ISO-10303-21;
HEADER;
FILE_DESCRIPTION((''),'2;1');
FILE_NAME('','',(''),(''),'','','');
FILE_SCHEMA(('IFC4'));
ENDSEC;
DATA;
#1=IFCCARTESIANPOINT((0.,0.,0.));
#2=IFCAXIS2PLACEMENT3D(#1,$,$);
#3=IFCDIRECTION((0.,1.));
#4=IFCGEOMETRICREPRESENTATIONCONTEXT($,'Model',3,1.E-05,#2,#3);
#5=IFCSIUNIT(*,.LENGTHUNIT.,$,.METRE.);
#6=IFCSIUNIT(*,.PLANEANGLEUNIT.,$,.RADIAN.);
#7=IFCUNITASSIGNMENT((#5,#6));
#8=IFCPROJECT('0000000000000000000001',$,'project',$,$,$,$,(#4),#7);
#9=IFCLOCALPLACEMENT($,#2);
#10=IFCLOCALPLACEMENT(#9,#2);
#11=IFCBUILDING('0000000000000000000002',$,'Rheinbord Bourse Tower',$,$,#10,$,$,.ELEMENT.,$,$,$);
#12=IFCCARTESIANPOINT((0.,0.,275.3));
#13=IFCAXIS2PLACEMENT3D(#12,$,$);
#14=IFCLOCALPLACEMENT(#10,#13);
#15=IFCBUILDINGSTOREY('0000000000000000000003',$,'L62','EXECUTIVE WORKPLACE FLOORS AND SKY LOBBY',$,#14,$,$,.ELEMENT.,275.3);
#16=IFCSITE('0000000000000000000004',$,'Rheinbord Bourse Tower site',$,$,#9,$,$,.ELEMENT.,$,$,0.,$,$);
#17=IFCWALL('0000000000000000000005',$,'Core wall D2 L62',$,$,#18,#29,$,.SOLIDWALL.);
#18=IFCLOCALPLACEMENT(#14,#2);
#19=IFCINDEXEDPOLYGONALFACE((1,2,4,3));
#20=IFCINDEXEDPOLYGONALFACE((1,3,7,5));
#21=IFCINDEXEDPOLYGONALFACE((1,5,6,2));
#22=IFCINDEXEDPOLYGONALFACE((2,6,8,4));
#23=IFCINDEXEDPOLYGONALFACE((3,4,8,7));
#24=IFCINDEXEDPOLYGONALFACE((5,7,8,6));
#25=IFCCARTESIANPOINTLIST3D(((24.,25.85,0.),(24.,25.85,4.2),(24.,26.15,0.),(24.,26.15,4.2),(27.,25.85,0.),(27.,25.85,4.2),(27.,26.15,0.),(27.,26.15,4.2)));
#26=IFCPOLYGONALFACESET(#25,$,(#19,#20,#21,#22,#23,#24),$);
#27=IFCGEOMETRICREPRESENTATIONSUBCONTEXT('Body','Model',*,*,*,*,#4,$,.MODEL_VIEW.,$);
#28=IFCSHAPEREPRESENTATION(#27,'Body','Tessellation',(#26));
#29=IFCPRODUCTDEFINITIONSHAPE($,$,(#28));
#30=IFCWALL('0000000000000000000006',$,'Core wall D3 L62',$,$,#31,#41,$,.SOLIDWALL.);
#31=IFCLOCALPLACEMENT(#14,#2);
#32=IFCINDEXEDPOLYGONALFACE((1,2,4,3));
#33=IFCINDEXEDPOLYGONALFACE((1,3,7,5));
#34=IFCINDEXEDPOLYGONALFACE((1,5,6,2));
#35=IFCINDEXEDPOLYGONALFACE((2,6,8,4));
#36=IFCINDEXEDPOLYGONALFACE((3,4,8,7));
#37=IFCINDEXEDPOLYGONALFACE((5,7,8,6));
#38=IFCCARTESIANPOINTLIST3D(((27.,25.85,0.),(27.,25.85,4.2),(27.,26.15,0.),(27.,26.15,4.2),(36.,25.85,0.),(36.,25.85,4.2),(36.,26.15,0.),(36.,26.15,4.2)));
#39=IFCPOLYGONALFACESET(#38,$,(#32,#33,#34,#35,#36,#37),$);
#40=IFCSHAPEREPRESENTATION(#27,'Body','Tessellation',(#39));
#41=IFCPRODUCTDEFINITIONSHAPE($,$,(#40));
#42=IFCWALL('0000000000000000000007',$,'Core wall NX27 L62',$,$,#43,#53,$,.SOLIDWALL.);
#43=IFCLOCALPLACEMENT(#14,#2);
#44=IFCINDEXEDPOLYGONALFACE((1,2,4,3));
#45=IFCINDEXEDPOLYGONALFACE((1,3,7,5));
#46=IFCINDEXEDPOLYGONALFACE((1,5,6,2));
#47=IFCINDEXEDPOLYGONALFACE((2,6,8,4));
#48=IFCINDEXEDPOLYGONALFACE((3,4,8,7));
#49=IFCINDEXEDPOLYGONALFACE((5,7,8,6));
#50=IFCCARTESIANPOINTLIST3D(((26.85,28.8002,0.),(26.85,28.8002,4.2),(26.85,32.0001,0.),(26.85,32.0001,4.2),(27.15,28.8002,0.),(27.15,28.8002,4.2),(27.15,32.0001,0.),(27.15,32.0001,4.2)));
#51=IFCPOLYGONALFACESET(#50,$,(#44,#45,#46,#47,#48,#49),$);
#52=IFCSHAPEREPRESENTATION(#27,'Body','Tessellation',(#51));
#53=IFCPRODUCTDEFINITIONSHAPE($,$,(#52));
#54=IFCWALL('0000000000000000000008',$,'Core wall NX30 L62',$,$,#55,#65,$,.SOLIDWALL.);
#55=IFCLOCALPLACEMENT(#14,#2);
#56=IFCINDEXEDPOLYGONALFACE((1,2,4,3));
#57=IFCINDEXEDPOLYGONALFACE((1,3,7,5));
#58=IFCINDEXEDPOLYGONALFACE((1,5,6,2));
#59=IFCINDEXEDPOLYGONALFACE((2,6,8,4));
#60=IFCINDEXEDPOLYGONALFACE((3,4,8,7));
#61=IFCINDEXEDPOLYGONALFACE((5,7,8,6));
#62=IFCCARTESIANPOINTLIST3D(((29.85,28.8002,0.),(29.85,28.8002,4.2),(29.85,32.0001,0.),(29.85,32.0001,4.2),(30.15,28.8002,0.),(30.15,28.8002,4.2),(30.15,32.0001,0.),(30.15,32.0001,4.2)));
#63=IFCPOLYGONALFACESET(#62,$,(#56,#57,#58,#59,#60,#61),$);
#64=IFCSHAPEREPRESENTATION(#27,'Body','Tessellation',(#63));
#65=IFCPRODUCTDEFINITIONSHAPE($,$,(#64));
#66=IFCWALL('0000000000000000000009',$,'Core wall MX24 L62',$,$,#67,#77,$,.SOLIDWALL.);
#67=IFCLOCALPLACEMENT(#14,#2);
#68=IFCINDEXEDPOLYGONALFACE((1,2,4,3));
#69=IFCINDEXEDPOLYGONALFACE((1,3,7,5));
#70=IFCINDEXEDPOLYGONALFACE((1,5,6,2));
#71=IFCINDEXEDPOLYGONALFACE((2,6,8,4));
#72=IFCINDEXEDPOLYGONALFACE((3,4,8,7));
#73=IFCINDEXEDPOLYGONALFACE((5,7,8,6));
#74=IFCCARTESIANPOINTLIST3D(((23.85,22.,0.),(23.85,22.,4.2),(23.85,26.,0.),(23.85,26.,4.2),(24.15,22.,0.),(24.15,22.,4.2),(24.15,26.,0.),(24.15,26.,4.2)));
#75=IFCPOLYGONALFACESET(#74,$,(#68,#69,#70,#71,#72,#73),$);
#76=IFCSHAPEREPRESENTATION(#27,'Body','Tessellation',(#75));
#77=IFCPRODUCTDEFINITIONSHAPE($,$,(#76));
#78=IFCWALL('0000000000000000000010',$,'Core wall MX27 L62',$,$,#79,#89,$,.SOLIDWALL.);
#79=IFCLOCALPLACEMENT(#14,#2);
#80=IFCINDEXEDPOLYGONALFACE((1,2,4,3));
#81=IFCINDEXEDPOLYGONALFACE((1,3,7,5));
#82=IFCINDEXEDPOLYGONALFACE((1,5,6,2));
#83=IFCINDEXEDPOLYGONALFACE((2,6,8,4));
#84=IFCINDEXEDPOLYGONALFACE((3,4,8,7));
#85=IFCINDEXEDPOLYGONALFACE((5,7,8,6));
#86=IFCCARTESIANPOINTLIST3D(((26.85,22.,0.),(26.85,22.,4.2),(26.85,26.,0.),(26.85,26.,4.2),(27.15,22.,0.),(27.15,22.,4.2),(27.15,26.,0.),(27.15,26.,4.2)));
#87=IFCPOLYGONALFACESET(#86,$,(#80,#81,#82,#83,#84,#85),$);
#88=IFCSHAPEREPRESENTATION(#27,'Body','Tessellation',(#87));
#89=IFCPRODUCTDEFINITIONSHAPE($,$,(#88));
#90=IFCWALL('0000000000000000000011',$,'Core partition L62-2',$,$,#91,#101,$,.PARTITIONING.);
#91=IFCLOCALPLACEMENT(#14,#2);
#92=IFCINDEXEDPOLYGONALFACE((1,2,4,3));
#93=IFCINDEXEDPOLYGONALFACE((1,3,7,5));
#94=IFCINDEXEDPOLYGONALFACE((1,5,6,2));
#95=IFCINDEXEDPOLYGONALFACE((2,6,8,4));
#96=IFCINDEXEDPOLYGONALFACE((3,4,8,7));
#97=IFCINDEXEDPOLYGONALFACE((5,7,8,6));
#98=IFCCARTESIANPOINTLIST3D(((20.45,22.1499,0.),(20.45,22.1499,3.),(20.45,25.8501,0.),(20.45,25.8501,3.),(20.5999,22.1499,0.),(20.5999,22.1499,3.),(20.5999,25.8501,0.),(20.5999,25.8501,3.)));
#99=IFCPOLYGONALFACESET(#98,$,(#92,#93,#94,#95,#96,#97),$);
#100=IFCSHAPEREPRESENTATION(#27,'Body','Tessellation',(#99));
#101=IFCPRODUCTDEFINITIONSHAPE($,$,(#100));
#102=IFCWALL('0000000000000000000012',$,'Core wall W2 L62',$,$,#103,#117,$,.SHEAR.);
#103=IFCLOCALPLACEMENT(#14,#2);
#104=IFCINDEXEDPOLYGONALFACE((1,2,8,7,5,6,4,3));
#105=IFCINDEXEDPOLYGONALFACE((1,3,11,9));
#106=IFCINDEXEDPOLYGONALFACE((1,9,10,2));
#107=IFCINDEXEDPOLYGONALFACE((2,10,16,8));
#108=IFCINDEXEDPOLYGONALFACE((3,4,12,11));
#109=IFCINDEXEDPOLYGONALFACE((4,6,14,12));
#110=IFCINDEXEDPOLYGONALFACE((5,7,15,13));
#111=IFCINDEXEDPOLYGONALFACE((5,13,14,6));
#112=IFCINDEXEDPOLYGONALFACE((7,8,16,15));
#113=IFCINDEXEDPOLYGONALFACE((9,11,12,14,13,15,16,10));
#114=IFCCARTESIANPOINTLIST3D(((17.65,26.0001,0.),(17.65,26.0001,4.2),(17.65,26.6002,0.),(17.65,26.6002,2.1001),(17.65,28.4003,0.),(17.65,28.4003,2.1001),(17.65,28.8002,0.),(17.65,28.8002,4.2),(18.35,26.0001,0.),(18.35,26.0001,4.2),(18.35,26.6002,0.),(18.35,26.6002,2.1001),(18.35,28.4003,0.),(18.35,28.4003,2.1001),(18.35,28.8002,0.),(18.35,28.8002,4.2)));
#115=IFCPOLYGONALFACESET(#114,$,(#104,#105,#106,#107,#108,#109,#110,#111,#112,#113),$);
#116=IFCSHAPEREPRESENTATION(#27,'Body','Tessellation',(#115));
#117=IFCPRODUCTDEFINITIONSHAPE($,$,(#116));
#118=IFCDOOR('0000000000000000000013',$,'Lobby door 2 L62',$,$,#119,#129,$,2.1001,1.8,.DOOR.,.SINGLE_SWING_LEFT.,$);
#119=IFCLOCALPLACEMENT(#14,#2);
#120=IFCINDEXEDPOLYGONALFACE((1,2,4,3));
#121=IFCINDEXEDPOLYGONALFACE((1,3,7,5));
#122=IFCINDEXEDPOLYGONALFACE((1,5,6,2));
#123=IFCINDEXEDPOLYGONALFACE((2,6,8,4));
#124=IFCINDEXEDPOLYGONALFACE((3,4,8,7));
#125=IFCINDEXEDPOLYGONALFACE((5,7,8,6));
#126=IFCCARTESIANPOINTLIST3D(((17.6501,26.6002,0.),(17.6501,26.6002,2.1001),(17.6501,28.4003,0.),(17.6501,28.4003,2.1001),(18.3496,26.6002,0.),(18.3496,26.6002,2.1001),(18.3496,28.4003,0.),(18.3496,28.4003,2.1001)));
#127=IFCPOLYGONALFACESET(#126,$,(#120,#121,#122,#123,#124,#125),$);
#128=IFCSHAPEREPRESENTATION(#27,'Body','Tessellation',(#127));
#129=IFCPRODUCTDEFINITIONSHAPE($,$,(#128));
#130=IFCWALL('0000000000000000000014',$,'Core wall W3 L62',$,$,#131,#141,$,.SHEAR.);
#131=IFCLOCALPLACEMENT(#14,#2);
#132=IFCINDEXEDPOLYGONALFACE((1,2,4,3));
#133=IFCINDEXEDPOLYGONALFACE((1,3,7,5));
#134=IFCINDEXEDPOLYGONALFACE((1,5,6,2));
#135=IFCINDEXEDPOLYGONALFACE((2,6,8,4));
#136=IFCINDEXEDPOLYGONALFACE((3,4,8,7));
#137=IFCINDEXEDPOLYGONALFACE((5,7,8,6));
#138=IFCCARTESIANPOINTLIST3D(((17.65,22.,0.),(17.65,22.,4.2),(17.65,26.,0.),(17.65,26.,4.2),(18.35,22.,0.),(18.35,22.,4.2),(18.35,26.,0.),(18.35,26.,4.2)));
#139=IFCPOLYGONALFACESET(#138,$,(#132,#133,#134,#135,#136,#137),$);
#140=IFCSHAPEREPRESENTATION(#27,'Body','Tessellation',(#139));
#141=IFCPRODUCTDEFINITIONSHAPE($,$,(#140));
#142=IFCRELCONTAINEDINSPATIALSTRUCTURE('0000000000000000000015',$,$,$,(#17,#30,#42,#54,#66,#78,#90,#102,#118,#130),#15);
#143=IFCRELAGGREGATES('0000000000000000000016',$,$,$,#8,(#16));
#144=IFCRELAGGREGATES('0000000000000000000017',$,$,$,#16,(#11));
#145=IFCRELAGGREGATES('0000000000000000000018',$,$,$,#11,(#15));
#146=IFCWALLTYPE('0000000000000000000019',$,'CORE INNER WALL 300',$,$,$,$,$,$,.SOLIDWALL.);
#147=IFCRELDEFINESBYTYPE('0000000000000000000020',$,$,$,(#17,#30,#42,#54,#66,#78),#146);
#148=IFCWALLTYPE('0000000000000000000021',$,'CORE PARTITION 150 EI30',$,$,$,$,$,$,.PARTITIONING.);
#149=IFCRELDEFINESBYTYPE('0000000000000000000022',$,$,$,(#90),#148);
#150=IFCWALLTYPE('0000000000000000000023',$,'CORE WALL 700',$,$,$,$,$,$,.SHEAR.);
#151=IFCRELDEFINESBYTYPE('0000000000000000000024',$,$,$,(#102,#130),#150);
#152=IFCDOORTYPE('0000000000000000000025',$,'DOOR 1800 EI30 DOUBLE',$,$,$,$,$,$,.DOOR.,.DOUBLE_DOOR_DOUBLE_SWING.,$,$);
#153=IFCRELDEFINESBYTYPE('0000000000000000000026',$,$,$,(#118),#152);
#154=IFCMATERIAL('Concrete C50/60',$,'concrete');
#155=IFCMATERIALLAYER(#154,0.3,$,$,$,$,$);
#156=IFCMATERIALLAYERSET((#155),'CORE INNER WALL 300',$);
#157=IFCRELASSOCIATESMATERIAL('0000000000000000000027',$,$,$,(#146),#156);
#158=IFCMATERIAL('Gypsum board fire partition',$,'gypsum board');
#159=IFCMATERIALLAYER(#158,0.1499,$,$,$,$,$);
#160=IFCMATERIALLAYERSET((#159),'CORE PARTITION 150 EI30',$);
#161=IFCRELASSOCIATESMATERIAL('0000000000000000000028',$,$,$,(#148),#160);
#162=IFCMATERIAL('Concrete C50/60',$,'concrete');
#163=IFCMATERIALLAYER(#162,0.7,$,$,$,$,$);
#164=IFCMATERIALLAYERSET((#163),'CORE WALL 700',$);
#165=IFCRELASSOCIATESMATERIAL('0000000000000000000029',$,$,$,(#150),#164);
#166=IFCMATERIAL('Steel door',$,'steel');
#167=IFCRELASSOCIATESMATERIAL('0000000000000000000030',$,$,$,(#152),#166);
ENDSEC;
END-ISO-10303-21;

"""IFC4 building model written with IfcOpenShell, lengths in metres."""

from ifc_helpers import new_model, si_unit, direction, frame, frame_2d, origin, place, context, subcontext, project, spatial, rectangle, extrude, material, layer, layer_set, type_object, element, fill, save


model = new_model("IFC4")

# Units and contexts
model_context = context("Model", 3, precision=1e-05, world=origin(), true_north=direction((0.0, 1.0)))
body_context = subcontext(model_context, "Body", "Model", "MODEL_VIEW")
ifc_project = project(units=[si_unit("LENGTHUNIT", "METRE"), si_unit("PLANEANGLEUNIT", "RADIAN")], contexts=[model_context])

# Site, building, storey
site_placement = place(None, origin())
site = spatial("IfcSite", under=ifc_project, at=site_placement, Name="Rheinbord Bourse Tower site", CompositionType="ELEMENT", RefElevation=0.0)
building_placement = place(site_placement, origin())
building = spatial("IfcBuilding", under=site, at=building_placement, Name="Rheinbord Bourse Tower", CompositionType="ELEMENT")
storey_placement = place(building_placement, frame((0.0, 0.0, 275.3)))
storey = spatial("IfcBuildingStorey", under=building, at=storey_placement, Name="L62", Description="EXECUTIVE WORKPLACE FLOORS AND SKY LOBBY", CompositionType="ELEMENT", Elevation=275.3)

# Shared definitions
ifc_material_1 = material(Name="Concrete C50/60", Category="concrete")
ifc_layer_1 = layer(ifc_material_1, 0.3)
ifc_layer_set_1 = layer_set([ifc_layer_1], Name="CORE INNER WALL 300")
wall_type_1 = type_object("IfcWallType", Name="CORE INNER WALL 300", PredefinedType="SOLIDWALL", material=ifc_layer_set_1)

# Walls
wall_1_placement = place(storey_placement, frame((24.0, 26.0, 0.0), z_axis=(0.0, 0.0, 1.0), x_axis=(1.0, 0.0, 0.0)))
element("IfcWall", 1, at=wall_1_placement, inside=storey, type_object=wall_type_1, Name="Core wall D2 L62", PredefinedType="SOLIDWALL", context=body_context, shape_type="SweptSolid", body=[
    extrude(rectangle(XDim=3.0, YDim=0.3, at=frame_2d((1.5, 0.0))), origin(), (0.0, 0.0, 1.0), 4.2),
])
wall_2_placement = place(storey_placement, frame((27.0, 26.0, 0.0), z_axis=(0.0, 0.0, 1.0), x_axis=(1.0, 0.0, 0.0)))
element("IfcWall", 2, at=wall_2_placement, inside=storey, type_object=wall_type_1, Name="Core wall D3 L62", PredefinedType="SOLIDWALL", context=body_context, shape_type="SweptSolid", body=[
    extrude(rectangle(XDim=9.0, YDim=0.3, at=frame_2d((4.5, 0.0))), origin(), (0.0, 0.0, 1.0), 4.2),
])
for number, where, z_axis, x_axis, name in (
    (3, (27.0, 28.8, 0.0), (0.0, 0.0, 1.0), (0.0, 1.0, 0.0), "Core wall NX27 L62"),
    (4, (30.0, 28.8, 0.0), (0.0, 0.0, 1.0), (0.0, 1.0, 0.0), "Core wall NX30 L62"),
):
    element("IfcWall", number, at=place(storey_placement, frame(where, z_axis=z_axis, x_axis=x_axis)), inside=storey, type_object=wall_type_1, Name=name, PredefinedType="SOLIDWALL", context=body_context, shape_type="SweptSolid", body=[
        extrude(rectangle(XDim=3.2, YDim=0.3, at=frame_2d((1.6001, 0.0))), origin(), (0.0, 0.0, 1.0), 4.2),
    ])
for number, where, z_axis, x_axis, name in (
    (5, (24.0, 22.0, 0.0), (0.0, 0.0, 1.0), (0.0, 1.0, 0.0), "Core wall MX24 L62"),
    (6, (27.0, 22.0, 0.0), (0.0, 0.0, 1.0), (0.0, 1.0, 0.0), "Core wall MX27 L62"),
):
    element("IfcWall", number, at=place(storey_placement, frame(where, z_axis=z_axis, x_axis=x_axis)), inside=storey, type_object=wall_type_1, Name=name, PredefinedType="SOLIDWALL", context=body_context, shape_type="SweptSolid", body=[
        extrude(rectangle(XDim=4.0, YDim=0.3, at=frame_2d((2.0, 0.0))), origin(), (0.0, 0.0, 1.0), 4.2),
    ])
ifc_material_2 = material(Name="Gypsum board fire partition", Category="gypsum board")
ifc_layer_2 = layer(ifc_material_2, 0.1499)
ifc_layer_set_2 = layer_set([ifc_layer_2], Name="CORE PARTITION 150 EI30")
wall_type_2 = type_object("IfcWallType", Name="CORE PARTITION 150 EI30", PredefinedType="PARTITIONING", material=ifc_layer_set_2)
wall_3_placement = place(storey_placement, frame((20.5249, 22.1499, 0.0), z_axis=(0.0, 0.0, 1.0), x_axis=(0.0, 1.0, 0.0)))
element("IfcWall", 7, at=wall_3_placement, inside=storey, type_object=wall_type_2, Name="Core partition L62-2", PredefinedType="PARTITIONING", context=body_context, shape_type="SweptSolid", body=[
    extrude(rectangle(XDim=3.7002, YDim=0.1499, at=frame_2d((1.8501, 0.0))), origin(), (0.0, 0.0, 1.0), 3.0),
])

# Wall, opening, door
ifc_material_3 = material(Name="Concrete C50/60", Category="concrete")
ifc_layer_3 = layer(ifc_material_3, 0.7)
ifc_layer_set_3 = layer_set([ifc_layer_3], Name="CORE WALL 700")
wall_type_3 = type_object("IfcWallType", Name="CORE WALL 700", PredefinedType="SHEAR", material=ifc_layer_set_3)
wall_4_placement = place(storey_placement, frame((18.0, 28.8, 0.0), z_axis=(0.0, 0.0, 1.0), x_axis=(0.0, -1.0, 0.0)))
wall_4 = element("IfcWall", 8, at=wall_4_placement, inside=storey, type_object=wall_type_3, Name="Core wall W2 L62", PredefinedType="SHEAR", context=body_context, shape_type="SweptSolid", body=[
    extrude(rectangle(XDim=2.8, YDim=0.7, at=frame_2d((1.3999, 0.0))), origin(), (0.0, 0.0, 1.0), 4.2),
])
opening_1_placement = place(wall_4_placement, frame((0.3999, 0.0, 0.0)))
opening_1 = element("IfcOpeningElement", 9, at=opening_1_placement, cuts=wall_4, PredefinedType="OPENING", context=body_context, shape_type="SweptSolid", body=[
    extrude(rectangle(XDim=1.8, YDim=2.1001, at=frame_2d((0.8999, 1.05))), frame((0.0, 0.3599, 0.0), z_axis=(0.0, -1.0, 0.0), x_axis=(1.0, 0.0, 0.0)), (0.0, 0.0, 1.0), 0.72),
])
ifc_material_4 = material(Name="Steel door", Category="steel")
door_type_1 = type_object("IfcDoorType", Name="DOOR 1800 EI30 DOUBLE", OperationType="DOUBLE_DOOR_DOUBLE_SWING", PredefinedType="DOOR", material=ifc_material_4)
door_1_placement = place(opening_1_placement, origin())
door_1 = element("IfcDoor", 10, at=door_1_placement, inside=storey, type_object=door_type_1, Name="Lobby door 2 L62", OperationType="SINGLE_SWING_LEFT", OverallHeight=2.1001, OverallWidth=1.8, PredefinedType="DOOR", context=body_context, shape_type="SweptSolid", body=[
    extrude(rectangle(XDim=1.8, YDim=2.1001, at=frame_2d((0.8999, 1.05))), frame((0.0, 0.3496, 0.0), z_axis=(0.0, -1.0, 0.0), x_axis=(1.0, 0.0, 0.0)), (0.0, 0.0, 1.0), 0.6995),
])
fill(opening_1, door_1)

# Wall
wall_5_placement = place(storey_placement, frame((18.0, 26.0, 0.0), z_axis=(0.0, 0.0, 1.0), x_axis=(0.0, -1.0, 0.0)))
element("IfcWall", 11, at=wall_5_placement, inside=storey, type_object=wall_type_3, Name="Core wall W3 L62", PredefinedType="SHEAR", context=body_context, shape_type="SweptSolid", body=[
    extrude(rectangle(XDim=4.0, YDim=0.7, at=frame_2d((2.0, 0.0))), origin(), (0.0, 0.0, 1.0), 4.2),
])

save(model, "model.ifc")
